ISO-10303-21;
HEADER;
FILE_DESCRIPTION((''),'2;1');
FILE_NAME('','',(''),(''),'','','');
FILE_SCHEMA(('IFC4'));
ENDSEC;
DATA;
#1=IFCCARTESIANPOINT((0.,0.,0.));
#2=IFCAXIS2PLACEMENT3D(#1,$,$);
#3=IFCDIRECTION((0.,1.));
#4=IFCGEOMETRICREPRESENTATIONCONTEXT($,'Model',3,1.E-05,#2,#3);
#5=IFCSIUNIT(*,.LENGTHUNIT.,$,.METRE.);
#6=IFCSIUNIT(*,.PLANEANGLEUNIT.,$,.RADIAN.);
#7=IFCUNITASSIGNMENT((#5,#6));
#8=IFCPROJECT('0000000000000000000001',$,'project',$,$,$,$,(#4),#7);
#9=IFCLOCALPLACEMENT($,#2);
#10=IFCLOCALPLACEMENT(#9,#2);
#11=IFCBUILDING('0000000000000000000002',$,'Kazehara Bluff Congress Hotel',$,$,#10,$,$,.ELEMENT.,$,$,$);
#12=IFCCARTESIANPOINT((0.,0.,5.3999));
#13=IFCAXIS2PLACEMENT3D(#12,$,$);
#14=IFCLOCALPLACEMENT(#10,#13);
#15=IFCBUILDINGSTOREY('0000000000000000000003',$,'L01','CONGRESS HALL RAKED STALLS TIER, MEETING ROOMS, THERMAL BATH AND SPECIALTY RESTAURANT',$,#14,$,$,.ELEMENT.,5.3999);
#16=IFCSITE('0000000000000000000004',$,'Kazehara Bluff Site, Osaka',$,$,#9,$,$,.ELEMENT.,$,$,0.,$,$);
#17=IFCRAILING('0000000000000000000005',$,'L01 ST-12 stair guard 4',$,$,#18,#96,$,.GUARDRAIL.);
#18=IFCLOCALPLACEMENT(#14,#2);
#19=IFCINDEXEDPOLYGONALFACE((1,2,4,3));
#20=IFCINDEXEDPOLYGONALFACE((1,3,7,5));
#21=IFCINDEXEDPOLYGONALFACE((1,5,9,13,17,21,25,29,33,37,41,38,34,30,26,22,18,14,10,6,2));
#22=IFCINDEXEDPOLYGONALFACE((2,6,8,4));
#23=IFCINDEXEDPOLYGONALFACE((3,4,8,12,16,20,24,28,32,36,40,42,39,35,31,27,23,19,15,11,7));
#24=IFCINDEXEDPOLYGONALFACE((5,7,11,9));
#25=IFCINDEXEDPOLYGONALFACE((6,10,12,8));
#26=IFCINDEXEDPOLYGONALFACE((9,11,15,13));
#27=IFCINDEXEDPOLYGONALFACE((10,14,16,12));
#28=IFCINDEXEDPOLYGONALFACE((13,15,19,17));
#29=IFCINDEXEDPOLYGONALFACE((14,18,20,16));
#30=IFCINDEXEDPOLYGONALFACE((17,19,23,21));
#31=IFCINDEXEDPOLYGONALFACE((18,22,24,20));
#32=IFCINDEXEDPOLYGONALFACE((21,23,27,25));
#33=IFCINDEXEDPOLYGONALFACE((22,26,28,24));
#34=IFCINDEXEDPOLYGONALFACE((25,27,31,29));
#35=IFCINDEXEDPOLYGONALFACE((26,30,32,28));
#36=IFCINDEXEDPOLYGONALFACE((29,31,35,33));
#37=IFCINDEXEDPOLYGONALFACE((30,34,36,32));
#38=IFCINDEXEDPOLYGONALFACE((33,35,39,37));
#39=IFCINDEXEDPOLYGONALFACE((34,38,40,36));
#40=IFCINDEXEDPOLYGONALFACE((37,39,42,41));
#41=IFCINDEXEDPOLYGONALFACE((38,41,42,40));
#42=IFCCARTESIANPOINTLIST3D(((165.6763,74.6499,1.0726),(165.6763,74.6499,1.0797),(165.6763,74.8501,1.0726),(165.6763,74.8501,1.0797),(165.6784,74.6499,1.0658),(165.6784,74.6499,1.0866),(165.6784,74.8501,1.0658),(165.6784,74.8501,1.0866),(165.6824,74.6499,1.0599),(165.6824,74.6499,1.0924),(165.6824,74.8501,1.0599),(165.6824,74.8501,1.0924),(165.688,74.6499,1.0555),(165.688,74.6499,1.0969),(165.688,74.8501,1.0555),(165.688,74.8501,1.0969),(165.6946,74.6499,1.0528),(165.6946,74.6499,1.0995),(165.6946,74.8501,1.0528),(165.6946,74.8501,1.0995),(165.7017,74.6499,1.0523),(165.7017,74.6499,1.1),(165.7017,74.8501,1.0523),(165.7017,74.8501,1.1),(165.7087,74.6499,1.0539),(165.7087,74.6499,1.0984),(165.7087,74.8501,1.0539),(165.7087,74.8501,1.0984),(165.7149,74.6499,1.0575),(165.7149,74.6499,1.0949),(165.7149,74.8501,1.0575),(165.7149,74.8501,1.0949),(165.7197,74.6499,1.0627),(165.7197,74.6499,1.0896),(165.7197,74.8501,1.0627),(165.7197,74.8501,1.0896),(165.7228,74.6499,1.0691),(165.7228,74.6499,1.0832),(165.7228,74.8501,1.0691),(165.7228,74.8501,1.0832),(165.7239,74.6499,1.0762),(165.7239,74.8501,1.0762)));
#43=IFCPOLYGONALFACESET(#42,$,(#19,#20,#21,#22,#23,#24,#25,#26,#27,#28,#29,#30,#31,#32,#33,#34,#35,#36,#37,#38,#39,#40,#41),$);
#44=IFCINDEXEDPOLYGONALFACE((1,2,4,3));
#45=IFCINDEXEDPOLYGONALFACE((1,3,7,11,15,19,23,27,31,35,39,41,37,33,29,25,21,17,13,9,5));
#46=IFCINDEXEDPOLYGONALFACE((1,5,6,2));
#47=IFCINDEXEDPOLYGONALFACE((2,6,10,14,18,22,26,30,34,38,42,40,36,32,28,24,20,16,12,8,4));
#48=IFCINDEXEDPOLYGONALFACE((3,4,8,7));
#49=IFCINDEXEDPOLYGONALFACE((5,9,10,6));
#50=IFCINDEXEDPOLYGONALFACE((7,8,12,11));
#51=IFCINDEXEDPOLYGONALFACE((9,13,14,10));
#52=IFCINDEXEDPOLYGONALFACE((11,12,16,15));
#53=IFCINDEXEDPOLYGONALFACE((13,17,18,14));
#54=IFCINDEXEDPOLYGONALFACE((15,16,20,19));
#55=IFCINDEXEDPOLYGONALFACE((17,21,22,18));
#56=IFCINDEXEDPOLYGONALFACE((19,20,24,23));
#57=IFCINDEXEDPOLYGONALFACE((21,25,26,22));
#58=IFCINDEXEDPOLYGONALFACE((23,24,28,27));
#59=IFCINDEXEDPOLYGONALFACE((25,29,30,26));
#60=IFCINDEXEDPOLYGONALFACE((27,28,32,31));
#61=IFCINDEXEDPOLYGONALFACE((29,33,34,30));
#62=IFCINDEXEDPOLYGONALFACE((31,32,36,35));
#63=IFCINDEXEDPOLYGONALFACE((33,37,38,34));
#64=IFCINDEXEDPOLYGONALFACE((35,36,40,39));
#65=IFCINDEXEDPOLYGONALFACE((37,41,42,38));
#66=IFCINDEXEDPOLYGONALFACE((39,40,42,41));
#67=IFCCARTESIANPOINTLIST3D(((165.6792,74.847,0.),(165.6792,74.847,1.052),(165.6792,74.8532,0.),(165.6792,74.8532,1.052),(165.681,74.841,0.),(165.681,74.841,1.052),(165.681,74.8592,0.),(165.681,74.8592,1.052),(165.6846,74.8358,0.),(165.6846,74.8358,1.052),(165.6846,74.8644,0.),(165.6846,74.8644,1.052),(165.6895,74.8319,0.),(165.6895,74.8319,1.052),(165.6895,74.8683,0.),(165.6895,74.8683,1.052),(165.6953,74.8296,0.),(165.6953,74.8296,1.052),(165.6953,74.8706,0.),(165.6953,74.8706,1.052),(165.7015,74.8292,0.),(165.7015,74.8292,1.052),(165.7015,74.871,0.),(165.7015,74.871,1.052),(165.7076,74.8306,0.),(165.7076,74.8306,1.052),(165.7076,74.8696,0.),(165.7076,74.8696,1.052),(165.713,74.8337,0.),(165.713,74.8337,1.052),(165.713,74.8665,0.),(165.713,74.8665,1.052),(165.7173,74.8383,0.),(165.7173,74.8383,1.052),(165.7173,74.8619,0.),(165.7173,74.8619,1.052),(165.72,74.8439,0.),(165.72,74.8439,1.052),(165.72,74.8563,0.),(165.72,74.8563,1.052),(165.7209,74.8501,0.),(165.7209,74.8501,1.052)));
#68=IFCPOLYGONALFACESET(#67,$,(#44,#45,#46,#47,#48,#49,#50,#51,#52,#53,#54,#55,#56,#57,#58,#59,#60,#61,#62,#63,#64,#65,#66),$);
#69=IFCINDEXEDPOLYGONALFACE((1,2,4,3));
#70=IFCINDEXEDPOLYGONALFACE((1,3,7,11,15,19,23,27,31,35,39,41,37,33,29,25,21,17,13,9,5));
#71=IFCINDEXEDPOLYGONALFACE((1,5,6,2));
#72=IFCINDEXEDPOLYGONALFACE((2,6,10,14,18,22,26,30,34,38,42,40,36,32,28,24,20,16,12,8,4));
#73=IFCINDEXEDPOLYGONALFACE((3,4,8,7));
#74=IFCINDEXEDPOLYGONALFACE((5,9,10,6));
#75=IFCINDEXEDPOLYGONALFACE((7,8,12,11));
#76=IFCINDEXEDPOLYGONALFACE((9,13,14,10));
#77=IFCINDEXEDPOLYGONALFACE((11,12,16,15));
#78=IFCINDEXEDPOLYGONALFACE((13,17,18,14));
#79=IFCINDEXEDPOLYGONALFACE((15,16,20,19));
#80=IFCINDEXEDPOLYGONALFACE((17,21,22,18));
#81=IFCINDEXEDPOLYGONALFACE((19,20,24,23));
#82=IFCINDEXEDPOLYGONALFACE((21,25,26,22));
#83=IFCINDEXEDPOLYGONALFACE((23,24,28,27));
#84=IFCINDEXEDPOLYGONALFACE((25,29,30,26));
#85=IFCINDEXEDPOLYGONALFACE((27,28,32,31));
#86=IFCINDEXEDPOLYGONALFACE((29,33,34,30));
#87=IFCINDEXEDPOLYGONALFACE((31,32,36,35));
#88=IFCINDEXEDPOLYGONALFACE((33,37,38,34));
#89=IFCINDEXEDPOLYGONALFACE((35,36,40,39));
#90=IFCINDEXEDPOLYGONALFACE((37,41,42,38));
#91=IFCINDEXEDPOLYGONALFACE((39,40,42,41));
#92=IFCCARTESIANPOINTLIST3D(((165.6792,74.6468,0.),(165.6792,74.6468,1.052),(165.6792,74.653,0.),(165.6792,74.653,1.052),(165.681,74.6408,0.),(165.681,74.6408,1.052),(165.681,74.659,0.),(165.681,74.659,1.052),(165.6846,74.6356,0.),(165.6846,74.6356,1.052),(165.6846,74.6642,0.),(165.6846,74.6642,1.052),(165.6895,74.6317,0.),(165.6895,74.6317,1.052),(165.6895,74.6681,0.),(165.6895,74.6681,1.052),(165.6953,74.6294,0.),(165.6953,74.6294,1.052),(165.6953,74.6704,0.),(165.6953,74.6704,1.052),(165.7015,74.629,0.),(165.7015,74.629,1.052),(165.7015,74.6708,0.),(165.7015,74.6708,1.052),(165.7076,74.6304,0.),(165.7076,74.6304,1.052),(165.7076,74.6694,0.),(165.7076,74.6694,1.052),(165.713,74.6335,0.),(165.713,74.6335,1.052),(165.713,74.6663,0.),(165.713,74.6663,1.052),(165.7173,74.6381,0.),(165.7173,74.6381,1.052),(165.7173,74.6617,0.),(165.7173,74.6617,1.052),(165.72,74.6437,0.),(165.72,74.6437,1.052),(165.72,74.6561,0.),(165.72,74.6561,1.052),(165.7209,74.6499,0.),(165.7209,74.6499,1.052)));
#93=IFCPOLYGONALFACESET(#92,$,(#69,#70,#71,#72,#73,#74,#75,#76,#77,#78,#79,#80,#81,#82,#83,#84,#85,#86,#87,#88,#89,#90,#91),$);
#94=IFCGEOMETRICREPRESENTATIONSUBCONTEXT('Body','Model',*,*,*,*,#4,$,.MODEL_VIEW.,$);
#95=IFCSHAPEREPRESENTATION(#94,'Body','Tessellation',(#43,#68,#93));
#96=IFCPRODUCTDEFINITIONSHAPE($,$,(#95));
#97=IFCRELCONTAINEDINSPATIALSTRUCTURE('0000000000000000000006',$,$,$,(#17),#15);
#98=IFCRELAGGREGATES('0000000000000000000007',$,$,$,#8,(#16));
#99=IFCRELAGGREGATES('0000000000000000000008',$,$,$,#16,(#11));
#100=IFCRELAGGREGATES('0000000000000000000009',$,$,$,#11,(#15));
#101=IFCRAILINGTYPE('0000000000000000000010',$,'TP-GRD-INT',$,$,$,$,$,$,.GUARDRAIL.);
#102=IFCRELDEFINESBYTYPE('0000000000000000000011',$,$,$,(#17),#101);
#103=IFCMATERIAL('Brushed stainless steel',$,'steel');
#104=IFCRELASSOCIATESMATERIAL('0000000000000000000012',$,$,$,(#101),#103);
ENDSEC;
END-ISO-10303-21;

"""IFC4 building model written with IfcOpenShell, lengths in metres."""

from ifc_helpers import new_model, si_unit, direction, frame, origin, origin_2d, place, context, subcontext, project, spatial, circle, extrude, material, type_object, element, save


model = new_model("IFC4")

# Units and contexts
model_context = context("Model", 3, precision=1e-05, world=origin(), true_north=direction((0.0, 1.0)))
body_context = subcontext(model_context, "Body", "Model", "MODEL_VIEW")
ifc_project = project(units=[si_unit("LENGTHUNIT", "METRE"), si_unit("PLANEANGLEUNIT", "RADIAN")], contexts=[model_context])

# Site, building, storey
site_placement = place(None, origin())
site = spatial("IfcSite", under=ifc_project, at=site_placement, Name="Kazehara Bluff Site, Osaka", CompositionType="ELEMENT", RefElevation=0.0)
building_placement = place(site_placement, origin())
building = spatial("IfcBuilding", under=site, at=building_placement, Name="Kazehara Bluff Congress Hotel", CompositionType="ELEMENT")
storey_placement = place(building_placement, frame((0.0, 0.0, 5.3999)))
storey = spatial("IfcBuildingStorey", under=building, at=storey_placement, Name="L01", Description="CONGRESS HALL RAKED STALLS TIER, MEETING ROOMS, THERMAL BATH AND SPECIALTY RESTAURANT", CompositionType="ELEMENT", Elevation=5.3999)

# Railing
ifc_material_1 = material(Name="Brushed stainless steel", Category="steel")
railing_type_1 = type_object("IfcRailingType", Name="TP-GRD-INT", PredefinedType="GUARDRAIL", material=ifc_material_1)
railing_1_placement = place(storey_placement, frame((165.7, 74.8501, 0.0)))
element("IfcRailing", 1, at=railing_1_placement, inside=storey, type_object=railing_type_1, Name="L01 ST-12 stair guard 4", PredefinedType="GUARDRAIL", context=body_context, shape_type="SweptSolid", body=[
    extrude(circle(Radius=0.0239, at=origin_2d()), frame((0.0, 0.0, 1.0762), z_axis=(0.0, -1.0, 0.0), x_axis=(1.0, 0.0, 0.0)), (0.0, 0.0, 1.0), 0.2002),
    extrude(circle(Radius=0.021, at=origin_2d()), origin(), (0.0, 0.0, 1.0), 1.052),
    extrude(circle(Radius=0.021, at=origin_2d()), frame((0.0, -0.2002, 0.0)), (0.0, 0.0, 1.0), 1.052),
])

save(model, "model.ifc")
